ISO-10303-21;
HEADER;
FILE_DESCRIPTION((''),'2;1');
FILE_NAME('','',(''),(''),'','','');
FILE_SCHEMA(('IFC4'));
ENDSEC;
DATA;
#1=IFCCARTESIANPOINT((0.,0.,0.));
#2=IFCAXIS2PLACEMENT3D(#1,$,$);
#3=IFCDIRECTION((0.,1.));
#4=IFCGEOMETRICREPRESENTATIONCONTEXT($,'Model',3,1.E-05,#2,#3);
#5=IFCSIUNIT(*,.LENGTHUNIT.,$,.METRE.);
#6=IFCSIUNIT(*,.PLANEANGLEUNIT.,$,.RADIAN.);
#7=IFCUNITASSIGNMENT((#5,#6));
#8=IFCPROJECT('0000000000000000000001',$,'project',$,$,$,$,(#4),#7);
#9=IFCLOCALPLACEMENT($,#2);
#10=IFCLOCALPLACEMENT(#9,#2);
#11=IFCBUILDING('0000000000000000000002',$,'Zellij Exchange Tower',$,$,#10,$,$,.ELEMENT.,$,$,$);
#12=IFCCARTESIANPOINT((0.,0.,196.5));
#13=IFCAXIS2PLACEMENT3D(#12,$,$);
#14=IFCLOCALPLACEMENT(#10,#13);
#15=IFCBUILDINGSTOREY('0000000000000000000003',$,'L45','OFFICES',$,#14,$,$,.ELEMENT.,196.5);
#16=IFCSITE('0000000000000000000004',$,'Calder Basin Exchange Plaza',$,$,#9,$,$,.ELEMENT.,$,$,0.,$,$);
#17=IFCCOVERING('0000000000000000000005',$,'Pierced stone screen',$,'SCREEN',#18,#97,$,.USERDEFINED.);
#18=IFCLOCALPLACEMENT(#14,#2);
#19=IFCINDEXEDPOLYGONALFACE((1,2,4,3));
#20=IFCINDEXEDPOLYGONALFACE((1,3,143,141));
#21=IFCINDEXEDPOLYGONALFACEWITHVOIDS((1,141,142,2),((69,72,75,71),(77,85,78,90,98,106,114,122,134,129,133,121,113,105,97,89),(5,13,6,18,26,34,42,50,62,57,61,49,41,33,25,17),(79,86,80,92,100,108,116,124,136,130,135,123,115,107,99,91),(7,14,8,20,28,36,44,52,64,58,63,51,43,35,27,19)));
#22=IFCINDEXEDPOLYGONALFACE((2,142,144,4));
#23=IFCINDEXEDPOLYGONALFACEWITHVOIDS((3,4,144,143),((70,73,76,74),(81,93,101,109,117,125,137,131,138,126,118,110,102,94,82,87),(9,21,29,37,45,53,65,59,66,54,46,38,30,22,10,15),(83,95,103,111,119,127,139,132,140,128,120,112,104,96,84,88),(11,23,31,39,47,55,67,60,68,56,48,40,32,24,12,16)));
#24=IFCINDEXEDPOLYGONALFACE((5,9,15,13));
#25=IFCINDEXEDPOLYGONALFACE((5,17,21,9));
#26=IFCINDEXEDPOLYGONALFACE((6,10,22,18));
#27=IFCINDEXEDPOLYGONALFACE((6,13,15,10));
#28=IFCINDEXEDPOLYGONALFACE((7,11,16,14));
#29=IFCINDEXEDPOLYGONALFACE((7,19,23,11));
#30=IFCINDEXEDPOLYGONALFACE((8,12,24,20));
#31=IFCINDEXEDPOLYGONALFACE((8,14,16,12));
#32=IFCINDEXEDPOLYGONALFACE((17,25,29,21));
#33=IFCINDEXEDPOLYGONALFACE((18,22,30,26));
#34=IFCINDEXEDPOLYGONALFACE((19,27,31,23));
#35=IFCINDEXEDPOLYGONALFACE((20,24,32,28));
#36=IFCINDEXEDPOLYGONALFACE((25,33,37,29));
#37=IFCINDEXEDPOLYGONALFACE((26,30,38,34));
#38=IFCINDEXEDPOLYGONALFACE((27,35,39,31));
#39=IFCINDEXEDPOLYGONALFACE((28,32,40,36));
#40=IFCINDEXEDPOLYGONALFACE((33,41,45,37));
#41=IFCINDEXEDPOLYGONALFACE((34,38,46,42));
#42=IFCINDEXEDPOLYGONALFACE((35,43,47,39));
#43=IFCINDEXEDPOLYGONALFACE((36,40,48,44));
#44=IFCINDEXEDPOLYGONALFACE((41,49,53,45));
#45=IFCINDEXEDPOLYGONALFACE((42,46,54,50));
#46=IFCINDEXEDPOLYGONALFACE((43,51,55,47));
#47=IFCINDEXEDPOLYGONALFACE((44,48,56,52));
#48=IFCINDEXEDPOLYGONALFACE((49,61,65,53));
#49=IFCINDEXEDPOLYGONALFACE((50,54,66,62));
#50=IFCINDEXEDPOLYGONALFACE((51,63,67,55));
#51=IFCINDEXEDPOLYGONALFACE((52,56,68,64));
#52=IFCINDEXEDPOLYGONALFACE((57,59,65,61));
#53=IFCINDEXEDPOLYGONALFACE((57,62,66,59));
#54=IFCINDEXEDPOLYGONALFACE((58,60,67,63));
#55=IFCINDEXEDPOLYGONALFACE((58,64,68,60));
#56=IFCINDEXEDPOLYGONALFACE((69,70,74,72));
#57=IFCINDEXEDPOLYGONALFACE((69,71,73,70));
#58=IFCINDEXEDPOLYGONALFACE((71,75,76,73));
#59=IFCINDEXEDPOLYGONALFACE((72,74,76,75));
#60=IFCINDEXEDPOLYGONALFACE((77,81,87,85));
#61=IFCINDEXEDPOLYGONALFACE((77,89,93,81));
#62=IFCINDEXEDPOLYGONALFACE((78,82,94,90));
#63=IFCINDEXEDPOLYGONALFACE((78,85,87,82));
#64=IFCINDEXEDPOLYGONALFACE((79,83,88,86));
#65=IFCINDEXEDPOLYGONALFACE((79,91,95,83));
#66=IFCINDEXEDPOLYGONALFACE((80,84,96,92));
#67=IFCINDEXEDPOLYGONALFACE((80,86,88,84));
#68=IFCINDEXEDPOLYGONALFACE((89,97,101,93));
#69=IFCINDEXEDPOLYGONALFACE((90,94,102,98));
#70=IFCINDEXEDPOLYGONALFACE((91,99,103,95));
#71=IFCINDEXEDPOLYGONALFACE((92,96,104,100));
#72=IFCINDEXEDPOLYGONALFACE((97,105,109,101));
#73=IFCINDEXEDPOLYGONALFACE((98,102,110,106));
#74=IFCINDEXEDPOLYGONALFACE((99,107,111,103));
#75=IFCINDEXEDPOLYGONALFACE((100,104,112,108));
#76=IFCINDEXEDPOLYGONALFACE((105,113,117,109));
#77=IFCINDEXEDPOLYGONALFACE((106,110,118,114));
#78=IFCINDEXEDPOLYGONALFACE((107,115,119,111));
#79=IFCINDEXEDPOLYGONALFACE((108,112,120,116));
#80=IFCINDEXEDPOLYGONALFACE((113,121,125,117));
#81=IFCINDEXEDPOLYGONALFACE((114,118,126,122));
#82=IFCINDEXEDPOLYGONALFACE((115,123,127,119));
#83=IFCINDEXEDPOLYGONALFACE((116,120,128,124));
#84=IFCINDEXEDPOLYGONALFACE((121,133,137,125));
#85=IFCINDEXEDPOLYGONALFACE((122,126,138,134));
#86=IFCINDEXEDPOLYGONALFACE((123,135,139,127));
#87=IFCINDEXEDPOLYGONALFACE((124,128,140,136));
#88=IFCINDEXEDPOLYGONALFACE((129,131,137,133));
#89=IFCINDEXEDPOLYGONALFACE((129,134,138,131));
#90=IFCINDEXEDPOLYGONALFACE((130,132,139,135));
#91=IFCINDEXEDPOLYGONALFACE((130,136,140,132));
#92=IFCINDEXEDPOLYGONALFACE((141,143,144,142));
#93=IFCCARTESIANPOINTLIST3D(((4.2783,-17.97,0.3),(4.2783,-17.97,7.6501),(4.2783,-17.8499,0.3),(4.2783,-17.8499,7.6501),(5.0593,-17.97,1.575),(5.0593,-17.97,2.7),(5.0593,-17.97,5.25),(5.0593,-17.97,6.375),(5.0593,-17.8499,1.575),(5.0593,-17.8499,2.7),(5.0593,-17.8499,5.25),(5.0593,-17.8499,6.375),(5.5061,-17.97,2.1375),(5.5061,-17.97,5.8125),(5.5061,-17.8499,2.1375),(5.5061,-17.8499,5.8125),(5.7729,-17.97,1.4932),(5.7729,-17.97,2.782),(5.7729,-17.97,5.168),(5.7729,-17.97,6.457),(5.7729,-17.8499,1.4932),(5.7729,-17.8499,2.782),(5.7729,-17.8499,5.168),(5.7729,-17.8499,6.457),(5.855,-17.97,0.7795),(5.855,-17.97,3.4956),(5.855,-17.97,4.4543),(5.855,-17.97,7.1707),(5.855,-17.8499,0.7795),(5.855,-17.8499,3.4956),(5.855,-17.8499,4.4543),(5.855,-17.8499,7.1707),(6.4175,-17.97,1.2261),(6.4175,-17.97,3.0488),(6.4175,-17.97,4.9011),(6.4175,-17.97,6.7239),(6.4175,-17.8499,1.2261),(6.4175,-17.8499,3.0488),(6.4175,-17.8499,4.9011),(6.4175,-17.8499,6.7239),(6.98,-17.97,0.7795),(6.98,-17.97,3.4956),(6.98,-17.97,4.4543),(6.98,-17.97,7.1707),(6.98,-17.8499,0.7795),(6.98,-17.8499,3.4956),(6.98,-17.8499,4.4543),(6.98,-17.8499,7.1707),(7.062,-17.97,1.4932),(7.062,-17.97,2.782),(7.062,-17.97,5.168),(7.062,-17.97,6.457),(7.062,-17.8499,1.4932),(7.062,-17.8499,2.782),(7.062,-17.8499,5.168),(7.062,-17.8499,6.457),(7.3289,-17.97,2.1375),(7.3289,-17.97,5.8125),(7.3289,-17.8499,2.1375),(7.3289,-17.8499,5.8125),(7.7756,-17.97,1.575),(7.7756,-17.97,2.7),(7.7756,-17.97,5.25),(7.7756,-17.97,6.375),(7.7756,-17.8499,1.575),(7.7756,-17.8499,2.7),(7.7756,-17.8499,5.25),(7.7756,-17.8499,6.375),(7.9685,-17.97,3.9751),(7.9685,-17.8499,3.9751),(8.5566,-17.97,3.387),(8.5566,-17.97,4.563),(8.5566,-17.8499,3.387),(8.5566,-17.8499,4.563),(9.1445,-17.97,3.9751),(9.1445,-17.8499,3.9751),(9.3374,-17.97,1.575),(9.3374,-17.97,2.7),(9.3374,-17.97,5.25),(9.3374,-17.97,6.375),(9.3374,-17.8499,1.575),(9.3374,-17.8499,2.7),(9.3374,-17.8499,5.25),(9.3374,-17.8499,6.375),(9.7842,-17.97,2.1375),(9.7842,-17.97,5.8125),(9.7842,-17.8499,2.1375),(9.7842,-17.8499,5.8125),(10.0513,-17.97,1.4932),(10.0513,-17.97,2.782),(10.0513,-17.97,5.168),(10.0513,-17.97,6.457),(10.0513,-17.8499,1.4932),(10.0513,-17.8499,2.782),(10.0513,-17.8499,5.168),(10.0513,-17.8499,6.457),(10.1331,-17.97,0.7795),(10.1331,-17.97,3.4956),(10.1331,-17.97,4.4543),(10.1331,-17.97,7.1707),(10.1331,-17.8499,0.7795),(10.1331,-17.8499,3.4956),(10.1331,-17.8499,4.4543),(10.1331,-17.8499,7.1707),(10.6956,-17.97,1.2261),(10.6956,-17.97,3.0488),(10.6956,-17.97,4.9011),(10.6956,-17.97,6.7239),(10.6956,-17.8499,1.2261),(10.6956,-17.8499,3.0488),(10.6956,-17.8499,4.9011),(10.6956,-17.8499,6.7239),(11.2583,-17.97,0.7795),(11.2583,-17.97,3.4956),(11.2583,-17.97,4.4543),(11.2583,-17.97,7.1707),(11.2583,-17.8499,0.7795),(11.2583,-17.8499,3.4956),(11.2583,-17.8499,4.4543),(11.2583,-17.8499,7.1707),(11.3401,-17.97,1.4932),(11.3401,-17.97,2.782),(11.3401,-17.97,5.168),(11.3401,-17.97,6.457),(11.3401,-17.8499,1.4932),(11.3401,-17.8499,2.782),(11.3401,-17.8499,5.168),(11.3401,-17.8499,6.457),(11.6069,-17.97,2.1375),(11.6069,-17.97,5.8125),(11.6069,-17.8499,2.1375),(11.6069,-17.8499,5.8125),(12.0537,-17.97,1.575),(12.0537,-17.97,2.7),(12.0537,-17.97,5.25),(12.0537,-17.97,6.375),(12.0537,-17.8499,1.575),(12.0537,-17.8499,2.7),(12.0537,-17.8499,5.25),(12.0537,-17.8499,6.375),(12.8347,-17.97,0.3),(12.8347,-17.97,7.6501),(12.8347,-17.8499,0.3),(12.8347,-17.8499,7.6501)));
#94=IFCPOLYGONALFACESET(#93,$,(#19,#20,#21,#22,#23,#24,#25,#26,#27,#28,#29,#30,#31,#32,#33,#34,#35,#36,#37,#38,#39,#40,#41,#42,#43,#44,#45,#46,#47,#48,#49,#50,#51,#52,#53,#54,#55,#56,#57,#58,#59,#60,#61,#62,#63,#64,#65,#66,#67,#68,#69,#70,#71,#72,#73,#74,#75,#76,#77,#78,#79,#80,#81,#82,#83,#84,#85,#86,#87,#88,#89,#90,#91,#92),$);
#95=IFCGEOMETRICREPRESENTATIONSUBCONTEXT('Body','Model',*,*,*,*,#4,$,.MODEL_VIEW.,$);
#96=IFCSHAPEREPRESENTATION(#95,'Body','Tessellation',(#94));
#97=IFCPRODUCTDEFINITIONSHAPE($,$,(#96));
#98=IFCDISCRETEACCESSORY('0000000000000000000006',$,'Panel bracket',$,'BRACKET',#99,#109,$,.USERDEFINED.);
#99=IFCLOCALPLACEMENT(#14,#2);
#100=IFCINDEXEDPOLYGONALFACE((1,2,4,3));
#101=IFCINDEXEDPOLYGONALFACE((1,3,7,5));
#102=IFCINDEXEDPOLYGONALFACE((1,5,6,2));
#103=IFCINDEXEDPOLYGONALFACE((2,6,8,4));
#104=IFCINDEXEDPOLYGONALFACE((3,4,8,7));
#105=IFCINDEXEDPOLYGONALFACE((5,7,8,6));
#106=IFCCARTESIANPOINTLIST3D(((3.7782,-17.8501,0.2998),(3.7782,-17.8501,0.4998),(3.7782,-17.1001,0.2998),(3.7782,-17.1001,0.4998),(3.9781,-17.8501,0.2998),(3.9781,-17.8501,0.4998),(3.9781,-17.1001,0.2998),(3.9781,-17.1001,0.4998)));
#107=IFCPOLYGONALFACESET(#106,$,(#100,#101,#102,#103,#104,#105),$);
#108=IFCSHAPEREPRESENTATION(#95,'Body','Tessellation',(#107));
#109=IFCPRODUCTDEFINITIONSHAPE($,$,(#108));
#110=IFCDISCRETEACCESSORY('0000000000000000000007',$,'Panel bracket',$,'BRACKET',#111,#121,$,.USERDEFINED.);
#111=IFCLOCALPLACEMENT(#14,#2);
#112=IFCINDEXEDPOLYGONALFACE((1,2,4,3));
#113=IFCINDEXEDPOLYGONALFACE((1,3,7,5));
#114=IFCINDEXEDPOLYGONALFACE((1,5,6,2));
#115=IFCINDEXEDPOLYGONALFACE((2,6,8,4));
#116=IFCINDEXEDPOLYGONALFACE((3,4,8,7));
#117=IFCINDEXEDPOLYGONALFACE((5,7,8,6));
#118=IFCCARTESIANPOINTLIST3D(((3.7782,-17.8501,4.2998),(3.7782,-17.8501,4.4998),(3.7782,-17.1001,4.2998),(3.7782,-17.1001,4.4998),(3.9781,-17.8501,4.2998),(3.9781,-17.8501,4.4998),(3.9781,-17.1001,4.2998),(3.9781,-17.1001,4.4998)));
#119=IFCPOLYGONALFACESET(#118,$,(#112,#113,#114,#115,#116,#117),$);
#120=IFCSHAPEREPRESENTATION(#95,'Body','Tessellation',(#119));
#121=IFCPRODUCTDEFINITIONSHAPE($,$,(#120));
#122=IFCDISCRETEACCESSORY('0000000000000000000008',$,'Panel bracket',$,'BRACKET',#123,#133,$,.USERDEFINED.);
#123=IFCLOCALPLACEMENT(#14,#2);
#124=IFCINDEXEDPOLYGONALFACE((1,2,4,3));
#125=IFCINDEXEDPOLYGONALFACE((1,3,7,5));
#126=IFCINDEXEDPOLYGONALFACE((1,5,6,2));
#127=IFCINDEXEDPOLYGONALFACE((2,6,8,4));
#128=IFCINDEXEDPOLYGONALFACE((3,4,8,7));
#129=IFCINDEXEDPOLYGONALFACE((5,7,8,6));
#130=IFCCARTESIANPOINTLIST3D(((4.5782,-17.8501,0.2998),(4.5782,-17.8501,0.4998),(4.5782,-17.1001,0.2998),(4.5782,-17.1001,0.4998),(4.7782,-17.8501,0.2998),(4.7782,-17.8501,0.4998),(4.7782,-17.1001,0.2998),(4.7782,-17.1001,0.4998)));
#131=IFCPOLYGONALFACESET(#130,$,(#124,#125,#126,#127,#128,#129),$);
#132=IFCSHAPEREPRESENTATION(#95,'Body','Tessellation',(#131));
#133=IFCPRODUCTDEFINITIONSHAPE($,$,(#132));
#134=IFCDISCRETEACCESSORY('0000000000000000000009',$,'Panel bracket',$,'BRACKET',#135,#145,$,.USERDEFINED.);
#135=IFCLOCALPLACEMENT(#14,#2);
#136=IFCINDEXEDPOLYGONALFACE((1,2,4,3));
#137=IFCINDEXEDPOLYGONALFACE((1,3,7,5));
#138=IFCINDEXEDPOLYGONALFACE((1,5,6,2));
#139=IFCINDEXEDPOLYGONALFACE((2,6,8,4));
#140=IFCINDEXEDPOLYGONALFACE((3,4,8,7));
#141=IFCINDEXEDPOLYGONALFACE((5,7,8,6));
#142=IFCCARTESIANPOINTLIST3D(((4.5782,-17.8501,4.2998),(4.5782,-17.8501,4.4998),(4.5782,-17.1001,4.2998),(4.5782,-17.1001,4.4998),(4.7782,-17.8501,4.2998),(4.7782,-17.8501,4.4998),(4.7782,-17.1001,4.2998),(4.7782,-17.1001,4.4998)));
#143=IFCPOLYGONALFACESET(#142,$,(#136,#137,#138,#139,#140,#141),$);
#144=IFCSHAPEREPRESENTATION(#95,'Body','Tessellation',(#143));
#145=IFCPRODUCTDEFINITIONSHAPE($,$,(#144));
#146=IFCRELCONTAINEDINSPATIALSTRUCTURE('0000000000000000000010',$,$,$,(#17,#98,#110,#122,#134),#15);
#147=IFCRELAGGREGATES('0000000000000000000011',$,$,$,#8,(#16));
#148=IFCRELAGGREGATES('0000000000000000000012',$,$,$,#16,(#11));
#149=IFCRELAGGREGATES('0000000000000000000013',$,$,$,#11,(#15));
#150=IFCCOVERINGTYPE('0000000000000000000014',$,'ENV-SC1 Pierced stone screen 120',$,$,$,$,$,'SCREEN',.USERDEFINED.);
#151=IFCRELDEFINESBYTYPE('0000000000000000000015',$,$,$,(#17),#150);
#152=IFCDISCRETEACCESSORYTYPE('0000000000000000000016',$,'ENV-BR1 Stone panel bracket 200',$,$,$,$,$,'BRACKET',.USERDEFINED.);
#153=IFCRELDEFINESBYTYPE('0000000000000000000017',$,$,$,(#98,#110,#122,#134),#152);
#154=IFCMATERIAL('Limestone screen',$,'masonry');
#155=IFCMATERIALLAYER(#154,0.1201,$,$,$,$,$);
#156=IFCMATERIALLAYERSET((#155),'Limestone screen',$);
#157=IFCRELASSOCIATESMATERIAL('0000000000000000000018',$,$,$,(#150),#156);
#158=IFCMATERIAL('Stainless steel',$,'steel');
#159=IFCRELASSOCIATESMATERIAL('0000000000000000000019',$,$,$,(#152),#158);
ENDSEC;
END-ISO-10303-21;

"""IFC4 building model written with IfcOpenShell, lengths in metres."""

from ifc_helpers import new_model, si_unit, direction, frame, origin, origin_2d, place, context, subcontext, project, spatial, polyline, rectangle, outline, extrude, material, layer, layer_set, type_object, element, save


model = new_model("IFC4")

# Units and contexts
model_context = context("Model", 3, precision=1e-05, world=origin(), true_north=direction((0.0, 1.0)))
body_context = subcontext(model_context, "Body", "Model", "MODEL_VIEW")
ifc_project = project(units=[si_unit("LENGTHUNIT", "METRE"), si_unit("PLANEANGLEUNIT", "RADIAN")], contexts=[model_context])

# Site, building, storey
site_placement = place(None, origin())
site = spatial("IfcSite", under=ifc_project, at=site_placement, Name="Calder Basin Exchange Plaza", CompositionType="ELEMENT", RefElevation=0.0)
building_placement = place(site_placement, origin())
building = spatial("IfcBuilding", under=site, at=building_placement, Name="Zellij Exchange Tower", CompositionType="ELEMENT")
storey_placement = place(building_placement, frame((0.0, 0.0, 196.5)))
storey = spatial("IfcBuildingStorey", under=building, at=storey_placement, Name="L45", Description="OFFICES", CompositionType="ELEMENT", Elevation=196.5)

# Shared definitions
ifc_material_1 = material(Name="Stainless steel", Category="steel")

# Covering
ifc_material_2 = material(Name="Limestone screen", Category="masonry")
ifc_layer_1 = layer(ifc_material_2, 0.1201)
ifc_layer_set_1 = layer_set([ifc_layer_1], Name="Limestone screen")
covering_type = type_object("IfcCoveringType", Name="ENV-SC1 Pierced stone screen 120", ElementType="SCREEN", PredefinedType="USERDEFINED", material=ifc_layer_set_1)
covering_placement = place(storey_placement, frame((4.2783, -17.9099, 0.3), z_axis=(0.0, 0.0, 1.0), x_axis=(1.0, 0.0, 0.0)))
element("IfcCovering", 1, at=covering_placement, inside=storey, type_object=covering_type, Name="Pierced stone screen", ObjectType="SCREEN", PredefinedType="USERDEFINED", context=body_context, shape_type="SweptSolid", body=[
    extrude(outline(polyline([(0.0, 0.0), (8.5564, 0.0), (8.5564, 7.3501), (0.0, 7.3501), (0.0, 0.0)]), holes=[polyline([(3.4973, 2.3999), (2.7837, 2.4819), (2.7017, 3.1956), (2.1392, 2.7488), (1.5767, 3.1956), (1.4946, 2.4819), (0.781, 2.3999), (1.2278, 1.8374), (0.781, 1.2749), (1.4946, 1.1931), (1.5767, 0.4795), (2.1392, 0.926), (2.7017, 0.4795), (2.7837, 1.1931), (3.4973, 1.2749), (3.0505, 1.8374), (3.4973, 2.3999)]), polyline([(3.4973, 6.075), (2.7837, 6.157), (2.7017, 6.8706), (2.1392, 6.4238), (1.5767, 6.8706), (1.4946, 6.157), (0.781, 6.075), (1.2278, 5.5125), (0.781, 4.95), (1.4946, 4.8679), (1.5767, 4.1543), (2.1392, 4.6011), (2.7017, 4.1543), (2.7837, 4.8679), (3.4973, 4.95), (3.0505, 5.5125), (3.4973, 6.075)]), polyline([(7.7754, 2.3999), (7.0618, 2.4819), (6.98, 3.1956), (6.4172, 2.7488), (5.8547, 3.1956), (5.7729, 2.4819), (5.0591, 2.3999), (5.5059, 1.8374), (5.0591, 1.2749), (5.7729, 1.1931), (5.8547, 0.4795), (6.4172, 0.926), (6.98, 0.4795), (7.0618, 1.1931), (7.7754, 1.2749), (7.3286, 1.8374), (7.7754, 2.3999)]), polyline([(7.7754, 6.075), (7.0618, 6.157), (6.98, 6.8706), (6.4172, 6.4238), (5.8547, 6.8706), (5.7729, 6.157), (5.0591, 6.075), (5.5059, 5.5125), (5.0591, 4.95), (5.7729, 4.8679), (5.8547, 4.1543), (6.4172, 4.6011), (6.98, 4.1543), (7.0618, 4.8679), (7.7754, 4.95), (7.3286, 5.5125), (7.7754, 6.075)]), polyline([(4.8662, 3.675), (4.2783, 4.2629), (3.6902, 3.675), (4.2783, 3.0869), (4.8662, 3.675)])]), frame((0.0, 0.0601, 0.0), z_axis=(0.0, -1.0, 0.0), x_axis=(1.0, 0.0, 0.0)), (0.0, 0.0, 1.0), 0.1201),
])

# Discrete accessories
discrete_accessory_type = type_object("IfcDiscreteAccessoryType", Name="ENV-BR1 Stone panel bracket 200", ElementType="BRACKET", PredefinedType="USERDEFINED", material=ifc_material_1)
for number, where, z_axis, x_axis, name in (
    (2, (3.8782, -17.4751, 0.2998), (0.0, 0.0, 1.0), (1.0, 0.0, 0.0), "Panel bracket"),
    (3, (3.8782, -17.4751, 4.2998), (0.0, 0.0, 1.0), (1.0, 0.0, 0.0), "Panel bracket"),
    (4, (4.6782, -17.4751, 0.2998), (0.0, 0.0, 1.0), (1.0, 0.0, 0.0), "Panel bracket"),
    (5, (4.6782, -17.4751, 4.2998), (0.0, 0.0, 1.0), (1.0, 0.0, 0.0), "Panel bracket"),
):
    element("IfcDiscreteAccessory", number, at=place(storey_placement, frame(where, z_axis=z_axis, x_axis=x_axis)), inside=storey, type_object=discrete_accessory_type, Name=name, ObjectType="BRACKET", PredefinedType="USERDEFINED", context=body_context, shape_type="SweptSolid", body=[
        extrude(rectangle(XDim=0.2, YDim=0.75, at=origin_2d()), origin(), (0.0, 0.0, 1.0), 0.2),
    ])

save(model, "model.ifc")
